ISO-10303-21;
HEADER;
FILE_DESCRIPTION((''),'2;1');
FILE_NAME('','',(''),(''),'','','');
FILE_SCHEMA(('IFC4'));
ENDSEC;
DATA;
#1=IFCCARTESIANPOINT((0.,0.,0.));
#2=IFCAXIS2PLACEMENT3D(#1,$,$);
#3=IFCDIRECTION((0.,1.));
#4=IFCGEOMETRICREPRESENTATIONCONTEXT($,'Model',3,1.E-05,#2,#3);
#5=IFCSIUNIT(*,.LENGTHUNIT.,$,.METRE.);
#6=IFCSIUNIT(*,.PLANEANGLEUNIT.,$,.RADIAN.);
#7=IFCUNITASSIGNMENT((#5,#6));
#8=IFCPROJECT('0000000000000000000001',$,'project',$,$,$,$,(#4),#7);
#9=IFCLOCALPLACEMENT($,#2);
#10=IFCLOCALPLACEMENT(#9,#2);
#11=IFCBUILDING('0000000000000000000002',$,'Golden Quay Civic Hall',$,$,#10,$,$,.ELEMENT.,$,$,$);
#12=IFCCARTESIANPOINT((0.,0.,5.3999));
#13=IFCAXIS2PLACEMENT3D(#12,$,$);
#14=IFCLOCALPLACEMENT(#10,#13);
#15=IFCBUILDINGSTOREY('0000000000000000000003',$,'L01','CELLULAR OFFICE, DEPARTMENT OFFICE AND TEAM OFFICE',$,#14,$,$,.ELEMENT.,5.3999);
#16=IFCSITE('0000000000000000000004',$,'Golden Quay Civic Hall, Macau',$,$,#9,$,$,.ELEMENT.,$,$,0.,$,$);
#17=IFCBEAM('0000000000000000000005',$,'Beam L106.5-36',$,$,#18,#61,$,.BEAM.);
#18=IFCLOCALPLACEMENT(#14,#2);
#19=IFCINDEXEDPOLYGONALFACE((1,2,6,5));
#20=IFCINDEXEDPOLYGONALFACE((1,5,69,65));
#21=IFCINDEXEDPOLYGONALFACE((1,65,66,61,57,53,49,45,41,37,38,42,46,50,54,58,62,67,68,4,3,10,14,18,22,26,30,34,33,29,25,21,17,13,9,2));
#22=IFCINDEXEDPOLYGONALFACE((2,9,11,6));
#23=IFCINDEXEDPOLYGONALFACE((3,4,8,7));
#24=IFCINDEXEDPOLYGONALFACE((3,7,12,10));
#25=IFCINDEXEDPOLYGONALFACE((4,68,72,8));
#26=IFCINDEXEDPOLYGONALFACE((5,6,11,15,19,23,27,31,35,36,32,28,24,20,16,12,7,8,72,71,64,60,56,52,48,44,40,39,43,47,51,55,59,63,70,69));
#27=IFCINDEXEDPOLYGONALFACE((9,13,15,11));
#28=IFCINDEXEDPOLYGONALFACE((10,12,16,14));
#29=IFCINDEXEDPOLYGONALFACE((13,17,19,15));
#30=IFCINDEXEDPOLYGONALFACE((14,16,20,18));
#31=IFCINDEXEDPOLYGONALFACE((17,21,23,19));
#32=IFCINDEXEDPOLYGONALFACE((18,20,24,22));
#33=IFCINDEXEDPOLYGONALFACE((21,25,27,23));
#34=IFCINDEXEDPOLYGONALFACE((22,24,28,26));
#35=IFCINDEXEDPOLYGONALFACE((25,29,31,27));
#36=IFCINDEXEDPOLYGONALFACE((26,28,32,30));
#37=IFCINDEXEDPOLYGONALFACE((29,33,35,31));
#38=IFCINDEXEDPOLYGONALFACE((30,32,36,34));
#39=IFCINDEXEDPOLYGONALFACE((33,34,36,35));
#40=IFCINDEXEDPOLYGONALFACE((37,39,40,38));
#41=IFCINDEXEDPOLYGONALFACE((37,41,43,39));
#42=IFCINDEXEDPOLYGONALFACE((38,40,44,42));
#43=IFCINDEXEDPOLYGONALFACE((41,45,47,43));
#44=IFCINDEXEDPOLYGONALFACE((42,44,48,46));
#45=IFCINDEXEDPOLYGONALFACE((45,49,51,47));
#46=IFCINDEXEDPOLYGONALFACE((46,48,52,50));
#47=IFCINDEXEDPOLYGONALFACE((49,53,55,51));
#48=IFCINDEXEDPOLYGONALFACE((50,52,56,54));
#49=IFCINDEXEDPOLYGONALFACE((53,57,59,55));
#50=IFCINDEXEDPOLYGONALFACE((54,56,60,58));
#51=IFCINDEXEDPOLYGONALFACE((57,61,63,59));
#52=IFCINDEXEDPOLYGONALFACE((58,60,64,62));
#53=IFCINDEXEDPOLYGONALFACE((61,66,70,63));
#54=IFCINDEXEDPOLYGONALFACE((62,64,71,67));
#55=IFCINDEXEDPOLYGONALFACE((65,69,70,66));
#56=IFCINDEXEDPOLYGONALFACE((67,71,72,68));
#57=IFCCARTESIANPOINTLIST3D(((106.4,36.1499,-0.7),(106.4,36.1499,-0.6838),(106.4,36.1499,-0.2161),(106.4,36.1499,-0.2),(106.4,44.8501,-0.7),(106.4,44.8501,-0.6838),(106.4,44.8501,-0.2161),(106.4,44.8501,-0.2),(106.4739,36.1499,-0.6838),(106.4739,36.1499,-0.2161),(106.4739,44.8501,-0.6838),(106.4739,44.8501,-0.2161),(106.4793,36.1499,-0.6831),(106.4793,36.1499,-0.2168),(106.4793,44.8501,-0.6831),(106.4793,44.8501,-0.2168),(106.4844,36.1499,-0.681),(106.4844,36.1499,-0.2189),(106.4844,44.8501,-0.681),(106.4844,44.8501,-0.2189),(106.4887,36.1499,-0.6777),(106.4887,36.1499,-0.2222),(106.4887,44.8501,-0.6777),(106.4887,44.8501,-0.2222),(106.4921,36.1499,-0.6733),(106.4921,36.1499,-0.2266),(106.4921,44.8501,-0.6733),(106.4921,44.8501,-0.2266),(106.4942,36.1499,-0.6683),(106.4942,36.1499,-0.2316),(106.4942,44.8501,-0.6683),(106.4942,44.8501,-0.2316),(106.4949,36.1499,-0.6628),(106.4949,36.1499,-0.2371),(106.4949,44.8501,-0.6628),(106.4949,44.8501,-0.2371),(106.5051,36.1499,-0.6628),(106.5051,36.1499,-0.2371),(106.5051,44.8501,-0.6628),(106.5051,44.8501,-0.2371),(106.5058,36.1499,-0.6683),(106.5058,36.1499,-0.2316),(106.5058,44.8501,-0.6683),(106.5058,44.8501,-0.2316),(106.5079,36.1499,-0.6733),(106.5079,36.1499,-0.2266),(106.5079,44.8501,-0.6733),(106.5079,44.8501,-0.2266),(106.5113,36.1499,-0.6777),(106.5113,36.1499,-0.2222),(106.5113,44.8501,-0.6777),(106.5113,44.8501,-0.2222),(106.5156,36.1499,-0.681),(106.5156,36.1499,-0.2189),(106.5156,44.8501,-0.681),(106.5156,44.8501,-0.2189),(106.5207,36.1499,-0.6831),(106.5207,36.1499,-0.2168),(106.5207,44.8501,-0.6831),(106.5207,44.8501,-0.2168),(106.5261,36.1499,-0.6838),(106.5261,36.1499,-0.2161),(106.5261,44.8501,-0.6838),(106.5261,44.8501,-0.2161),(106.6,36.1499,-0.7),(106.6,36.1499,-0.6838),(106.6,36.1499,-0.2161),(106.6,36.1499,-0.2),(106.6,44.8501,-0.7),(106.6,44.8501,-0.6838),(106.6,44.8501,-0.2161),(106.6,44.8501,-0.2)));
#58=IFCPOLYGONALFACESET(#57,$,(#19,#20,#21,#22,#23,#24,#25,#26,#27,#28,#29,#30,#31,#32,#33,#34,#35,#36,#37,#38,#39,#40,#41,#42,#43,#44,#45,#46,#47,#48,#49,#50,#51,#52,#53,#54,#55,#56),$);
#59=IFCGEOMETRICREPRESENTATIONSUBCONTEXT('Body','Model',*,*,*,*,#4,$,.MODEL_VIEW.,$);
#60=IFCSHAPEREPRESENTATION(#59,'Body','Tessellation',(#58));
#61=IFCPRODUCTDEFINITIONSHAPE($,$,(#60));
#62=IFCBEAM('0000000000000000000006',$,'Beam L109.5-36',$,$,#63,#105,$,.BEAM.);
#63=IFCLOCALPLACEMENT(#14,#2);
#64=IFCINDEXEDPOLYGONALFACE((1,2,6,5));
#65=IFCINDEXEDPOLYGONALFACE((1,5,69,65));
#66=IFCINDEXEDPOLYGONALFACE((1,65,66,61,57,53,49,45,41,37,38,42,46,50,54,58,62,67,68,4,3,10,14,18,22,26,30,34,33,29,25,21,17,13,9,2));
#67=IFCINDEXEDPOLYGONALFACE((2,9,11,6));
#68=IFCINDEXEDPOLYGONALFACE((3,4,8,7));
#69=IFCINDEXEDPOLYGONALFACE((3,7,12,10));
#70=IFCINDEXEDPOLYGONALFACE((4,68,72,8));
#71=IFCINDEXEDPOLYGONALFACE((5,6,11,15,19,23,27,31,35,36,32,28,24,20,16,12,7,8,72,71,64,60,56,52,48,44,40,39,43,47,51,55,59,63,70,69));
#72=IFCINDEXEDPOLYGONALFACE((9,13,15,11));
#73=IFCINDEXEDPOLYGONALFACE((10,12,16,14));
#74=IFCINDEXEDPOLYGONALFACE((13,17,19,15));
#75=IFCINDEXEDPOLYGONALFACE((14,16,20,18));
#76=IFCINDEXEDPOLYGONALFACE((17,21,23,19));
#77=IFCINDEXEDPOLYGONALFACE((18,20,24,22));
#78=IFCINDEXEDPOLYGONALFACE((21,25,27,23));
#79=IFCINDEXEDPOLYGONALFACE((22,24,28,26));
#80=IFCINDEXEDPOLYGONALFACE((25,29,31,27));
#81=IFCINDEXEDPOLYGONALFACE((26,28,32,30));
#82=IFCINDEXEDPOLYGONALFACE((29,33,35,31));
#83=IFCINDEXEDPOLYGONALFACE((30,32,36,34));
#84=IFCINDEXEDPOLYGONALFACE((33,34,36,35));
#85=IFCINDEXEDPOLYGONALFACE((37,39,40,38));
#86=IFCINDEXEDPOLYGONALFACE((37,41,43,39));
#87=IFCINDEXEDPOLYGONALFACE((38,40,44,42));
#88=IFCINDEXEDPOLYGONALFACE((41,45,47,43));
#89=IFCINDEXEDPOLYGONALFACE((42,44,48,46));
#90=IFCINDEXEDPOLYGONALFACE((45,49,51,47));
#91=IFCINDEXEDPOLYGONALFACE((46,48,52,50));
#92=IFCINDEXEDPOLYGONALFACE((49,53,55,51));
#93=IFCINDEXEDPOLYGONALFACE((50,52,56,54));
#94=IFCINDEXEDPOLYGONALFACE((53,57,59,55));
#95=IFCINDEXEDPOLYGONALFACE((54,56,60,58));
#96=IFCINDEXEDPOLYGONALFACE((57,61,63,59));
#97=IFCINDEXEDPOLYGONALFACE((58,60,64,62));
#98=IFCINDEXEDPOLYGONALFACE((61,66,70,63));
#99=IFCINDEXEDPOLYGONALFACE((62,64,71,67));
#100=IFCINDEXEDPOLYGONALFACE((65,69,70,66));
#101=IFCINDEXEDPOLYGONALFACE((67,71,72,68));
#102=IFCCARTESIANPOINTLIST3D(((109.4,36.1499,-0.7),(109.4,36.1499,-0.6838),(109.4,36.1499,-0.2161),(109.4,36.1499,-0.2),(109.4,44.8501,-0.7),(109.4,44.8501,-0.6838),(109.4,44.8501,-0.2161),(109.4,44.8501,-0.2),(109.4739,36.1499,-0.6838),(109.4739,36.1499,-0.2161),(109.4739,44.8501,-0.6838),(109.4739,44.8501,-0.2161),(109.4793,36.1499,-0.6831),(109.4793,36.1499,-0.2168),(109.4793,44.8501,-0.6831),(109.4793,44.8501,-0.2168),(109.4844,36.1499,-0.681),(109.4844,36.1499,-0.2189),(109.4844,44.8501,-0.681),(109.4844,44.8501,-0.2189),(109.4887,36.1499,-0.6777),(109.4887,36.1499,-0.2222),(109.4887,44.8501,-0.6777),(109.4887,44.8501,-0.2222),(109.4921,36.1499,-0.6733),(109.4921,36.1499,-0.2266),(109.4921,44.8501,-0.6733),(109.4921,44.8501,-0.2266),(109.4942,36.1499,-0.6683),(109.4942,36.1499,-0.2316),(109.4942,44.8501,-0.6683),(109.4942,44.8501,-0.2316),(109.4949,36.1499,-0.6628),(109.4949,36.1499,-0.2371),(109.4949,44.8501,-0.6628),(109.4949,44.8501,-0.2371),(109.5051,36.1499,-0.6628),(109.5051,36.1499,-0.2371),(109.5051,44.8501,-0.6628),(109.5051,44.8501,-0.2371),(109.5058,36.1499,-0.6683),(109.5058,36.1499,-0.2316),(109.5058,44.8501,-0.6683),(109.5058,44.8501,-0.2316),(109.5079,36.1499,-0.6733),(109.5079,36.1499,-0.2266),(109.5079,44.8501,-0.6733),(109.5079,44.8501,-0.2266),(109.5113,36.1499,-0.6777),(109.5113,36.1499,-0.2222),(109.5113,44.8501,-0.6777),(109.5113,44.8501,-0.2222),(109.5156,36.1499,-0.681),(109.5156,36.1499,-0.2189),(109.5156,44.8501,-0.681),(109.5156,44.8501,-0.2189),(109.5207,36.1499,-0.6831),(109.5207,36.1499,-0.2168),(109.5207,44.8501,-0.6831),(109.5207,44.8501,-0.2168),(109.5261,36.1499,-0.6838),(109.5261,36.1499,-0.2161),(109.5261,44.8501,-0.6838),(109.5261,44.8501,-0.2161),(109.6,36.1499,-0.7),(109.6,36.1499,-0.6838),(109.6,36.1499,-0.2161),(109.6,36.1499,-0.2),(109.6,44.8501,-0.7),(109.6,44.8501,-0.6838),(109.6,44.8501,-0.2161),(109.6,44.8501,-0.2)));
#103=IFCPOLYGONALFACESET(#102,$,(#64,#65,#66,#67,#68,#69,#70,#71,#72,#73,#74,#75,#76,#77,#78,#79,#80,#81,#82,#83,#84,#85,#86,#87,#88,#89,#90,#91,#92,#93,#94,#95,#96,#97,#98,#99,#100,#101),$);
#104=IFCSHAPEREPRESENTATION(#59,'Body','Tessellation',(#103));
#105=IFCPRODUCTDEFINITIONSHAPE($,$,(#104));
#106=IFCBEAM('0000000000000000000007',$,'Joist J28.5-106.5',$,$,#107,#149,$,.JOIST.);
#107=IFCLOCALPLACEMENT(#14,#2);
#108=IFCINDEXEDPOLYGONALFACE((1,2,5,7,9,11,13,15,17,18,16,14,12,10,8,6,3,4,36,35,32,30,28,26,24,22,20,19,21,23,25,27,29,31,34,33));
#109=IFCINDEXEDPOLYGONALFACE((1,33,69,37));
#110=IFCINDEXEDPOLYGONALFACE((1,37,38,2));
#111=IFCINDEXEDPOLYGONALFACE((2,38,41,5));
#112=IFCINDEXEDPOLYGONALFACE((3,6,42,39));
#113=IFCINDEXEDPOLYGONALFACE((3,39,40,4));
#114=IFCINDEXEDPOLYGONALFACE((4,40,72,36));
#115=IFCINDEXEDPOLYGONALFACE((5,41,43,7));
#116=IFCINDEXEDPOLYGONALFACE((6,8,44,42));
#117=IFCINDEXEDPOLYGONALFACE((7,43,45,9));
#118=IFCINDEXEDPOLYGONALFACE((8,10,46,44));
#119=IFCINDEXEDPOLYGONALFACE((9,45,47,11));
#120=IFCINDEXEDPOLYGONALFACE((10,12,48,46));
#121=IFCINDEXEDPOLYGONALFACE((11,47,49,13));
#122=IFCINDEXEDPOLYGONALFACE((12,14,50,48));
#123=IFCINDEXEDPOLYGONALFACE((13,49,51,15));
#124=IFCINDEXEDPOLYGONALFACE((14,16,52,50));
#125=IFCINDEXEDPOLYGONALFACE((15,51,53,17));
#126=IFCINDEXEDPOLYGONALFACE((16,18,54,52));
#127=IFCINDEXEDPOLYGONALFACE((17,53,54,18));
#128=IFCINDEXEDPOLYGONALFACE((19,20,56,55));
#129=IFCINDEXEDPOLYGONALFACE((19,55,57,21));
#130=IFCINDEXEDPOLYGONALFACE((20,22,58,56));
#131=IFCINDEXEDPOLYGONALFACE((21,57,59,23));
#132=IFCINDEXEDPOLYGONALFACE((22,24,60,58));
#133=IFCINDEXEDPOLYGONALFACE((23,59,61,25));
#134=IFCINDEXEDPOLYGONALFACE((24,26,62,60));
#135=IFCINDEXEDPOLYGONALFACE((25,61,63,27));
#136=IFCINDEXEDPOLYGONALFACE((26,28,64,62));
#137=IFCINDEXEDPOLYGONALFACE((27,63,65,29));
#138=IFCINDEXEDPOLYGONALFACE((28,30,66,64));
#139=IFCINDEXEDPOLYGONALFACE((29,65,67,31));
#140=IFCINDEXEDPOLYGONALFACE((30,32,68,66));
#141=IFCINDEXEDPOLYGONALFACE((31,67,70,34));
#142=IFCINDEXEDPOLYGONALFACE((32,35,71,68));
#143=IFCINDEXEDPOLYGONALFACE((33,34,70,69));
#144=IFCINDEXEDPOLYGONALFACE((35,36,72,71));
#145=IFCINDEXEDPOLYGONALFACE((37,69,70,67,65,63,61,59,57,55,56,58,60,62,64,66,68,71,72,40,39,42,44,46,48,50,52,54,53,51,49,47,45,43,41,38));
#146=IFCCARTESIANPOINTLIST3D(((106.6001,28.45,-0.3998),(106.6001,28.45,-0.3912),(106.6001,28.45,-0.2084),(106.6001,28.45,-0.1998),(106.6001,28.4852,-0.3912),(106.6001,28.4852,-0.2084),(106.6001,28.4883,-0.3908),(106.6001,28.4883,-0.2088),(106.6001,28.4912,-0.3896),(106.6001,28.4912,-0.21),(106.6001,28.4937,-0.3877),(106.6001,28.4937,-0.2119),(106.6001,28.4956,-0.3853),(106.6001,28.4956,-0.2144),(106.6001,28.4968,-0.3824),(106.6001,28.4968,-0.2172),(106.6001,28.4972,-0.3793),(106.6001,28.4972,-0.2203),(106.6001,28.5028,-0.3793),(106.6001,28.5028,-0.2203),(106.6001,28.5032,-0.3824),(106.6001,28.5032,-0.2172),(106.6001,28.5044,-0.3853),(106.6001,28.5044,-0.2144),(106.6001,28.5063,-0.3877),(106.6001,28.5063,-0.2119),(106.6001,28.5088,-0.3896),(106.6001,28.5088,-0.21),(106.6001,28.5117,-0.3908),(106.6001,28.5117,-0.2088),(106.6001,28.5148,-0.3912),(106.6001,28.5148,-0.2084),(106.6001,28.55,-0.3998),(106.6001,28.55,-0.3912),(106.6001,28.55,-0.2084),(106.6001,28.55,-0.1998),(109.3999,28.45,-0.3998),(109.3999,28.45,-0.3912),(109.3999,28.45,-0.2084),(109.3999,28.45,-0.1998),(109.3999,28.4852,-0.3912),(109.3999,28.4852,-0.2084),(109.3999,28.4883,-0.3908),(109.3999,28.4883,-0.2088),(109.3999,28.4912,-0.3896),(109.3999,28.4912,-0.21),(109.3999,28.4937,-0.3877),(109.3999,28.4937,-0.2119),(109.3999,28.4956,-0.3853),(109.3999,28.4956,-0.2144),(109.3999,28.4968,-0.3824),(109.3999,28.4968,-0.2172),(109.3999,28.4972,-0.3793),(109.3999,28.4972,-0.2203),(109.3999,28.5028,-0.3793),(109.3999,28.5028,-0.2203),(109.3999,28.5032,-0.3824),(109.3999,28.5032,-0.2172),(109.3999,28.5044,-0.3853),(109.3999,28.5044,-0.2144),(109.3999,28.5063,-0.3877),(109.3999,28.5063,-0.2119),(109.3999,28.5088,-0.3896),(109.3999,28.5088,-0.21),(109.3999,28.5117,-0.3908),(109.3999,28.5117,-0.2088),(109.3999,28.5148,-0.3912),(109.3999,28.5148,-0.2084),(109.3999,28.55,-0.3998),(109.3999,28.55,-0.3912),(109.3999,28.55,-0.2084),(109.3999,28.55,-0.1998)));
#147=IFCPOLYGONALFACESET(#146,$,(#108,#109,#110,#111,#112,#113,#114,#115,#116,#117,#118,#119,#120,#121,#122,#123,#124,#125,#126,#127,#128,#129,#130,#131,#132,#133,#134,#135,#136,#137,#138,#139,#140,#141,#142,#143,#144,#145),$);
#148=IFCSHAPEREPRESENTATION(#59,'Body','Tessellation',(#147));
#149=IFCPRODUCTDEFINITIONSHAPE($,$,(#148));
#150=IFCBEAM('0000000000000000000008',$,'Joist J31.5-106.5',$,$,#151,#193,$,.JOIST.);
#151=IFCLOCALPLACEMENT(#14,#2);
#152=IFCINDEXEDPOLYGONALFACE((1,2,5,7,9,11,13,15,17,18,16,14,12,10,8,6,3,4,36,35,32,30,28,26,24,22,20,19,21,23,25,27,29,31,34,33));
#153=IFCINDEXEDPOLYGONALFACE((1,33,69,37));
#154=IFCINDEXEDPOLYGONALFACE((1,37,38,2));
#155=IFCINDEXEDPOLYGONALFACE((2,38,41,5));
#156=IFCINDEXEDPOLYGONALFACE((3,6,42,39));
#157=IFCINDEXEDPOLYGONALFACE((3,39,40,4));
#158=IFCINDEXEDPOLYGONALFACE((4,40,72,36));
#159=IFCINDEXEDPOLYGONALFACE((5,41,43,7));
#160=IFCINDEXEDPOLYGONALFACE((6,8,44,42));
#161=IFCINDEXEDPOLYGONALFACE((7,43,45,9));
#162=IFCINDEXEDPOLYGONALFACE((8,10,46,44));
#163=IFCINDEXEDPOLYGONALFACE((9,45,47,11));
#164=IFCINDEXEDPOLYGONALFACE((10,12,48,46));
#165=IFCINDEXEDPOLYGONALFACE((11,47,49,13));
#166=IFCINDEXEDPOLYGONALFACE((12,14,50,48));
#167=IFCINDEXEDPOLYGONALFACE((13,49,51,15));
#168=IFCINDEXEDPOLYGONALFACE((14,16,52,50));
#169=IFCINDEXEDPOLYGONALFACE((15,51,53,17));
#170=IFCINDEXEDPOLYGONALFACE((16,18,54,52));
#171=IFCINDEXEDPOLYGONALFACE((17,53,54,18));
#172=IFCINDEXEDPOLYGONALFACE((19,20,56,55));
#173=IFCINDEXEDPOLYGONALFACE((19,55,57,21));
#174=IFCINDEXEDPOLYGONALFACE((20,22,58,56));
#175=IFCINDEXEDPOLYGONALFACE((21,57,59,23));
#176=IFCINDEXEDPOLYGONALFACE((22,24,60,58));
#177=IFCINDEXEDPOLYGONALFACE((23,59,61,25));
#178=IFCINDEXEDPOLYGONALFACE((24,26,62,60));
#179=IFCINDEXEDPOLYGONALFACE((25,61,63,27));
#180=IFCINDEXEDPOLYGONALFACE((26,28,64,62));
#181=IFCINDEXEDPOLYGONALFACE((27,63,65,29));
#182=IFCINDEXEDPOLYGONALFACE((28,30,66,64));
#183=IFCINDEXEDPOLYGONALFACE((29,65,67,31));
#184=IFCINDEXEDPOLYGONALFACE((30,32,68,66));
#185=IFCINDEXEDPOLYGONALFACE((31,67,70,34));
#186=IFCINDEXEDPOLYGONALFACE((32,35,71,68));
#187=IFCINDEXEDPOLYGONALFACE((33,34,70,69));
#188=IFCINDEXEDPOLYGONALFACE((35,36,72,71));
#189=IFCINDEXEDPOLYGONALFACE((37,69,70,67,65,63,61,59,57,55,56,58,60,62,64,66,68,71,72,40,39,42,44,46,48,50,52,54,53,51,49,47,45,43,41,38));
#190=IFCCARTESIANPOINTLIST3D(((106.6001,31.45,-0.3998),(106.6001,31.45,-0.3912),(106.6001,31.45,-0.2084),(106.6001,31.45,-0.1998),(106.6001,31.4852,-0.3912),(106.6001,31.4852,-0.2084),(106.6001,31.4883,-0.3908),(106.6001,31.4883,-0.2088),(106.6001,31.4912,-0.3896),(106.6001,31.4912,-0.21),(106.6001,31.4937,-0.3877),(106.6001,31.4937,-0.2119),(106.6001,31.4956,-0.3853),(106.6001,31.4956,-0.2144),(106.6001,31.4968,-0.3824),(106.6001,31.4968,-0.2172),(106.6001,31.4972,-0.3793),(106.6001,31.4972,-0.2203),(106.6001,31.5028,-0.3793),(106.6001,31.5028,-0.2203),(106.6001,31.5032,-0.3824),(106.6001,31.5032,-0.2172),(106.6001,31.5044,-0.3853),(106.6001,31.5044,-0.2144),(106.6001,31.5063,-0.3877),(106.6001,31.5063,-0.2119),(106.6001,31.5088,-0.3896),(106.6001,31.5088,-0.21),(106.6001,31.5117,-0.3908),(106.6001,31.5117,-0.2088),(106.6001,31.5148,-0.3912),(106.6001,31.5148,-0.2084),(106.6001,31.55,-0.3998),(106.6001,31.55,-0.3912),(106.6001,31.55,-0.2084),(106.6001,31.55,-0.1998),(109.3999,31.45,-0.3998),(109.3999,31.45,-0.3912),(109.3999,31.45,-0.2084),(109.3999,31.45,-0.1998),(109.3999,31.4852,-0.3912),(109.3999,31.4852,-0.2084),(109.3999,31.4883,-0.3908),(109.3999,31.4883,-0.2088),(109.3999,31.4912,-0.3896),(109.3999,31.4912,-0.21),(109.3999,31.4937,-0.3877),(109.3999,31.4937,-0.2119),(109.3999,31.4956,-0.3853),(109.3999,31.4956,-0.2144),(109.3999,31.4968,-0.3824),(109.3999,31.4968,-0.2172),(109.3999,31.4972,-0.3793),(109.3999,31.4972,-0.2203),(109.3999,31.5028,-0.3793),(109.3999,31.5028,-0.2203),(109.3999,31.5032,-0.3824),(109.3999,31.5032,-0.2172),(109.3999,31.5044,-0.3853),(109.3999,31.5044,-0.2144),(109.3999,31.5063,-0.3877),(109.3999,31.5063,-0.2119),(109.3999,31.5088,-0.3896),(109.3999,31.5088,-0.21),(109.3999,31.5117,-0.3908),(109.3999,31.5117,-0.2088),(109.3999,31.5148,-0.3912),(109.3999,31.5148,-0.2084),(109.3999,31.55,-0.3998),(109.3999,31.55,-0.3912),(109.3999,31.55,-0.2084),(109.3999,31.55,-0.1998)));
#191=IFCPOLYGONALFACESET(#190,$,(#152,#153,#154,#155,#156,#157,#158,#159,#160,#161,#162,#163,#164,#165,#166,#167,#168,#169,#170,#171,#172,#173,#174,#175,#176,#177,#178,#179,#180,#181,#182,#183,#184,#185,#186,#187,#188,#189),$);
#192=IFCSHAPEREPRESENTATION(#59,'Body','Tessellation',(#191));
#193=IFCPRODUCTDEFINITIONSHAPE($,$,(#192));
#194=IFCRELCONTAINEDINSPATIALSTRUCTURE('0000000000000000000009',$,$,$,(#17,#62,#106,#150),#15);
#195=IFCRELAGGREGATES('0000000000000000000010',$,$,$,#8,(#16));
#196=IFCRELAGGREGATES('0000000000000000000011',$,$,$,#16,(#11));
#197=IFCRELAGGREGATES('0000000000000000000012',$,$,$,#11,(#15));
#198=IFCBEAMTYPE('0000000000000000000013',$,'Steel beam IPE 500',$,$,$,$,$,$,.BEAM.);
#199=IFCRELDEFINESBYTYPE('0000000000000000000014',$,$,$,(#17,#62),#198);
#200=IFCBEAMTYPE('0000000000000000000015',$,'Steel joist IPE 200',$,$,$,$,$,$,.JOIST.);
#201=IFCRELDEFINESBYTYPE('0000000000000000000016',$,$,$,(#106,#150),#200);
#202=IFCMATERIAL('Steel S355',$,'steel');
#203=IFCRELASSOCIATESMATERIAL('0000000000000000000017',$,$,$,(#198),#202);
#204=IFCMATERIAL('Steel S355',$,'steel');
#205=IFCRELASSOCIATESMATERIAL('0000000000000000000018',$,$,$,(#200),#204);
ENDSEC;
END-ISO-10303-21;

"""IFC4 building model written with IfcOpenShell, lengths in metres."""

from ifc_helpers import new_model, si_unit, direction, frame, origin, origin_2d, place, context, subcontext, project, spatial, i_section, extrude, material, material_profile, profile_set, type_object, element, save


model = new_model("IFC4")

# Units and contexts
model_context = context("Model", 3, precision=1e-05, world=origin(), true_north=direction((0.0, 1.0)))
body_context = subcontext(model_context, "Body", "Model", "MODEL_VIEW")
ifc_project = project(units=[si_unit("LENGTHUNIT", "METRE"), si_unit("PLANEANGLEUNIT", "RADIAN")], contexts=[model_context])

# Site, building, storey
site_placement = place(None, origin())
site = spatial("IfcSite", under=ifc_project, at=site_placement, Name="Golden Quay Civic Hall, Macau", CompositionType="ELEMENT", RefElevation=0.0)
building_placement = place(site_placement, origin())
building = spatial("IfcBuilding", under=site, at=building_placement, Name="Golden Quay Civic Hall", CompositionType="ELEMENT")
storey_placement = place(building_placement, frame((0.0, 0.0, 5.3999)))
storey = spatial("IfcBuildingStorey", under=building, at=storey_placement, Name="L01", Description="CELLULAR OFFICE, DEPARTMENT OFFICE AND TEAM OFFICE", CompositionType="ELEMENT", Elevation=5.3999)

# Beams
ifc_material_1 = material(Name="Steel S355", Category="steel")
ifc_material_profile_1 = material_profile(ifc_material_1, i_section(OverallWidth=0.2, OverallDepth=0.5, WebThickness=0.0103, FlangeThickness=0.0161, FilletRadius=0.021, at=origin_2d()), Name="IPE 500")
ifc_profile_set_1 = profile_set([ifc_material_profile_1], Name="Steel S355")
beam_type_1 = type_object("IfcBeamType", Name="Steel beam IPE 500", PredefinedType="BEAM", material=ifc_profile_set_1)
for number, where, z_axis, x_axis, name in (
    (1, (106.5, 36.1499, -0.45), (0.0, 1.0, 0.0), (-1.0, 0.0, 0.0), "Beam L106.5-36"),
    (2, (109.5, 36.1499, -0.45), (0.0, 1.0, 0.0), (-1.0, 0.0, 0.0), "Beam L109.5-36"),
):
    element("IfcBeam", number, at=place(storey_placement, frame(where, z_axis=z_axis, x_axis=x_axis)), inside=storey, type_object=beam_type_1, Name=name, PredefinedType="BEAM", context=body_context, shape_type="SweptSolid", body=[
        extrude(i_section(OverallWidth=0.2, OverallDepth=0.5, WebThickness=0.0103, FlangeThickness=0.0161, FilletRadius=0.021, at=origin_2d()), origin(), (0.0, 0.0, 1.0), 8.7002),
    ])
ifc_material_2 = material(Name="Steel S355", Category="steel")
ifc_material_profile_2 = material_profile(ifc_material_2, i_section(OverallWidth=0.1001, OverallDepth=0.2, WebThickness=0.0056, FlangeThickness=0.0085, FilletRadius=0.012, at=origin_2d()), Name="IPE 200")
ifc_profile_set_2 = profile_set([ifc_material_profile_2], Name="Steel S355")
beam_type_2 = type_object("IfcBeamType", Name="Steel joist IPE 200", PredefinedType="JOIST", material=ifc_profile_set_2)
for number, where, z_axis, x_axis, name in (
    (3, (106.6001, 28.5, -0.2998), (1.0, 0.0, 0.0), (0.0, 1.0, 0.0), "Joist J28.5-106.5"),
    (4, (106.6001, 31.5, -0.2998), (1.0, 0.0, 0.0), (0.0, 1.0, 0.0), "Joist J31.5-106.5"),
):
    element("IfcBeam", number, at=place(storey_placement, frame(where, z_axis=z_axis, x_axis=x_axis)), inside=storey, type_object=beam_type_2, Name=name, PredefinedType="JOIST", context=body_context, shape_type="SweptSolid", body=[
        extrude(i_section(OverallWidth=0.1001, OverallDepth=0.2, WebThickness=0.0056, FlangeThickness=0.0085, FilletRadius=0.012, at=origin_2d()), origin(), (0.0, 0.0, 1.0), 2.7998),
    ])

save(model, "model.ifc")
